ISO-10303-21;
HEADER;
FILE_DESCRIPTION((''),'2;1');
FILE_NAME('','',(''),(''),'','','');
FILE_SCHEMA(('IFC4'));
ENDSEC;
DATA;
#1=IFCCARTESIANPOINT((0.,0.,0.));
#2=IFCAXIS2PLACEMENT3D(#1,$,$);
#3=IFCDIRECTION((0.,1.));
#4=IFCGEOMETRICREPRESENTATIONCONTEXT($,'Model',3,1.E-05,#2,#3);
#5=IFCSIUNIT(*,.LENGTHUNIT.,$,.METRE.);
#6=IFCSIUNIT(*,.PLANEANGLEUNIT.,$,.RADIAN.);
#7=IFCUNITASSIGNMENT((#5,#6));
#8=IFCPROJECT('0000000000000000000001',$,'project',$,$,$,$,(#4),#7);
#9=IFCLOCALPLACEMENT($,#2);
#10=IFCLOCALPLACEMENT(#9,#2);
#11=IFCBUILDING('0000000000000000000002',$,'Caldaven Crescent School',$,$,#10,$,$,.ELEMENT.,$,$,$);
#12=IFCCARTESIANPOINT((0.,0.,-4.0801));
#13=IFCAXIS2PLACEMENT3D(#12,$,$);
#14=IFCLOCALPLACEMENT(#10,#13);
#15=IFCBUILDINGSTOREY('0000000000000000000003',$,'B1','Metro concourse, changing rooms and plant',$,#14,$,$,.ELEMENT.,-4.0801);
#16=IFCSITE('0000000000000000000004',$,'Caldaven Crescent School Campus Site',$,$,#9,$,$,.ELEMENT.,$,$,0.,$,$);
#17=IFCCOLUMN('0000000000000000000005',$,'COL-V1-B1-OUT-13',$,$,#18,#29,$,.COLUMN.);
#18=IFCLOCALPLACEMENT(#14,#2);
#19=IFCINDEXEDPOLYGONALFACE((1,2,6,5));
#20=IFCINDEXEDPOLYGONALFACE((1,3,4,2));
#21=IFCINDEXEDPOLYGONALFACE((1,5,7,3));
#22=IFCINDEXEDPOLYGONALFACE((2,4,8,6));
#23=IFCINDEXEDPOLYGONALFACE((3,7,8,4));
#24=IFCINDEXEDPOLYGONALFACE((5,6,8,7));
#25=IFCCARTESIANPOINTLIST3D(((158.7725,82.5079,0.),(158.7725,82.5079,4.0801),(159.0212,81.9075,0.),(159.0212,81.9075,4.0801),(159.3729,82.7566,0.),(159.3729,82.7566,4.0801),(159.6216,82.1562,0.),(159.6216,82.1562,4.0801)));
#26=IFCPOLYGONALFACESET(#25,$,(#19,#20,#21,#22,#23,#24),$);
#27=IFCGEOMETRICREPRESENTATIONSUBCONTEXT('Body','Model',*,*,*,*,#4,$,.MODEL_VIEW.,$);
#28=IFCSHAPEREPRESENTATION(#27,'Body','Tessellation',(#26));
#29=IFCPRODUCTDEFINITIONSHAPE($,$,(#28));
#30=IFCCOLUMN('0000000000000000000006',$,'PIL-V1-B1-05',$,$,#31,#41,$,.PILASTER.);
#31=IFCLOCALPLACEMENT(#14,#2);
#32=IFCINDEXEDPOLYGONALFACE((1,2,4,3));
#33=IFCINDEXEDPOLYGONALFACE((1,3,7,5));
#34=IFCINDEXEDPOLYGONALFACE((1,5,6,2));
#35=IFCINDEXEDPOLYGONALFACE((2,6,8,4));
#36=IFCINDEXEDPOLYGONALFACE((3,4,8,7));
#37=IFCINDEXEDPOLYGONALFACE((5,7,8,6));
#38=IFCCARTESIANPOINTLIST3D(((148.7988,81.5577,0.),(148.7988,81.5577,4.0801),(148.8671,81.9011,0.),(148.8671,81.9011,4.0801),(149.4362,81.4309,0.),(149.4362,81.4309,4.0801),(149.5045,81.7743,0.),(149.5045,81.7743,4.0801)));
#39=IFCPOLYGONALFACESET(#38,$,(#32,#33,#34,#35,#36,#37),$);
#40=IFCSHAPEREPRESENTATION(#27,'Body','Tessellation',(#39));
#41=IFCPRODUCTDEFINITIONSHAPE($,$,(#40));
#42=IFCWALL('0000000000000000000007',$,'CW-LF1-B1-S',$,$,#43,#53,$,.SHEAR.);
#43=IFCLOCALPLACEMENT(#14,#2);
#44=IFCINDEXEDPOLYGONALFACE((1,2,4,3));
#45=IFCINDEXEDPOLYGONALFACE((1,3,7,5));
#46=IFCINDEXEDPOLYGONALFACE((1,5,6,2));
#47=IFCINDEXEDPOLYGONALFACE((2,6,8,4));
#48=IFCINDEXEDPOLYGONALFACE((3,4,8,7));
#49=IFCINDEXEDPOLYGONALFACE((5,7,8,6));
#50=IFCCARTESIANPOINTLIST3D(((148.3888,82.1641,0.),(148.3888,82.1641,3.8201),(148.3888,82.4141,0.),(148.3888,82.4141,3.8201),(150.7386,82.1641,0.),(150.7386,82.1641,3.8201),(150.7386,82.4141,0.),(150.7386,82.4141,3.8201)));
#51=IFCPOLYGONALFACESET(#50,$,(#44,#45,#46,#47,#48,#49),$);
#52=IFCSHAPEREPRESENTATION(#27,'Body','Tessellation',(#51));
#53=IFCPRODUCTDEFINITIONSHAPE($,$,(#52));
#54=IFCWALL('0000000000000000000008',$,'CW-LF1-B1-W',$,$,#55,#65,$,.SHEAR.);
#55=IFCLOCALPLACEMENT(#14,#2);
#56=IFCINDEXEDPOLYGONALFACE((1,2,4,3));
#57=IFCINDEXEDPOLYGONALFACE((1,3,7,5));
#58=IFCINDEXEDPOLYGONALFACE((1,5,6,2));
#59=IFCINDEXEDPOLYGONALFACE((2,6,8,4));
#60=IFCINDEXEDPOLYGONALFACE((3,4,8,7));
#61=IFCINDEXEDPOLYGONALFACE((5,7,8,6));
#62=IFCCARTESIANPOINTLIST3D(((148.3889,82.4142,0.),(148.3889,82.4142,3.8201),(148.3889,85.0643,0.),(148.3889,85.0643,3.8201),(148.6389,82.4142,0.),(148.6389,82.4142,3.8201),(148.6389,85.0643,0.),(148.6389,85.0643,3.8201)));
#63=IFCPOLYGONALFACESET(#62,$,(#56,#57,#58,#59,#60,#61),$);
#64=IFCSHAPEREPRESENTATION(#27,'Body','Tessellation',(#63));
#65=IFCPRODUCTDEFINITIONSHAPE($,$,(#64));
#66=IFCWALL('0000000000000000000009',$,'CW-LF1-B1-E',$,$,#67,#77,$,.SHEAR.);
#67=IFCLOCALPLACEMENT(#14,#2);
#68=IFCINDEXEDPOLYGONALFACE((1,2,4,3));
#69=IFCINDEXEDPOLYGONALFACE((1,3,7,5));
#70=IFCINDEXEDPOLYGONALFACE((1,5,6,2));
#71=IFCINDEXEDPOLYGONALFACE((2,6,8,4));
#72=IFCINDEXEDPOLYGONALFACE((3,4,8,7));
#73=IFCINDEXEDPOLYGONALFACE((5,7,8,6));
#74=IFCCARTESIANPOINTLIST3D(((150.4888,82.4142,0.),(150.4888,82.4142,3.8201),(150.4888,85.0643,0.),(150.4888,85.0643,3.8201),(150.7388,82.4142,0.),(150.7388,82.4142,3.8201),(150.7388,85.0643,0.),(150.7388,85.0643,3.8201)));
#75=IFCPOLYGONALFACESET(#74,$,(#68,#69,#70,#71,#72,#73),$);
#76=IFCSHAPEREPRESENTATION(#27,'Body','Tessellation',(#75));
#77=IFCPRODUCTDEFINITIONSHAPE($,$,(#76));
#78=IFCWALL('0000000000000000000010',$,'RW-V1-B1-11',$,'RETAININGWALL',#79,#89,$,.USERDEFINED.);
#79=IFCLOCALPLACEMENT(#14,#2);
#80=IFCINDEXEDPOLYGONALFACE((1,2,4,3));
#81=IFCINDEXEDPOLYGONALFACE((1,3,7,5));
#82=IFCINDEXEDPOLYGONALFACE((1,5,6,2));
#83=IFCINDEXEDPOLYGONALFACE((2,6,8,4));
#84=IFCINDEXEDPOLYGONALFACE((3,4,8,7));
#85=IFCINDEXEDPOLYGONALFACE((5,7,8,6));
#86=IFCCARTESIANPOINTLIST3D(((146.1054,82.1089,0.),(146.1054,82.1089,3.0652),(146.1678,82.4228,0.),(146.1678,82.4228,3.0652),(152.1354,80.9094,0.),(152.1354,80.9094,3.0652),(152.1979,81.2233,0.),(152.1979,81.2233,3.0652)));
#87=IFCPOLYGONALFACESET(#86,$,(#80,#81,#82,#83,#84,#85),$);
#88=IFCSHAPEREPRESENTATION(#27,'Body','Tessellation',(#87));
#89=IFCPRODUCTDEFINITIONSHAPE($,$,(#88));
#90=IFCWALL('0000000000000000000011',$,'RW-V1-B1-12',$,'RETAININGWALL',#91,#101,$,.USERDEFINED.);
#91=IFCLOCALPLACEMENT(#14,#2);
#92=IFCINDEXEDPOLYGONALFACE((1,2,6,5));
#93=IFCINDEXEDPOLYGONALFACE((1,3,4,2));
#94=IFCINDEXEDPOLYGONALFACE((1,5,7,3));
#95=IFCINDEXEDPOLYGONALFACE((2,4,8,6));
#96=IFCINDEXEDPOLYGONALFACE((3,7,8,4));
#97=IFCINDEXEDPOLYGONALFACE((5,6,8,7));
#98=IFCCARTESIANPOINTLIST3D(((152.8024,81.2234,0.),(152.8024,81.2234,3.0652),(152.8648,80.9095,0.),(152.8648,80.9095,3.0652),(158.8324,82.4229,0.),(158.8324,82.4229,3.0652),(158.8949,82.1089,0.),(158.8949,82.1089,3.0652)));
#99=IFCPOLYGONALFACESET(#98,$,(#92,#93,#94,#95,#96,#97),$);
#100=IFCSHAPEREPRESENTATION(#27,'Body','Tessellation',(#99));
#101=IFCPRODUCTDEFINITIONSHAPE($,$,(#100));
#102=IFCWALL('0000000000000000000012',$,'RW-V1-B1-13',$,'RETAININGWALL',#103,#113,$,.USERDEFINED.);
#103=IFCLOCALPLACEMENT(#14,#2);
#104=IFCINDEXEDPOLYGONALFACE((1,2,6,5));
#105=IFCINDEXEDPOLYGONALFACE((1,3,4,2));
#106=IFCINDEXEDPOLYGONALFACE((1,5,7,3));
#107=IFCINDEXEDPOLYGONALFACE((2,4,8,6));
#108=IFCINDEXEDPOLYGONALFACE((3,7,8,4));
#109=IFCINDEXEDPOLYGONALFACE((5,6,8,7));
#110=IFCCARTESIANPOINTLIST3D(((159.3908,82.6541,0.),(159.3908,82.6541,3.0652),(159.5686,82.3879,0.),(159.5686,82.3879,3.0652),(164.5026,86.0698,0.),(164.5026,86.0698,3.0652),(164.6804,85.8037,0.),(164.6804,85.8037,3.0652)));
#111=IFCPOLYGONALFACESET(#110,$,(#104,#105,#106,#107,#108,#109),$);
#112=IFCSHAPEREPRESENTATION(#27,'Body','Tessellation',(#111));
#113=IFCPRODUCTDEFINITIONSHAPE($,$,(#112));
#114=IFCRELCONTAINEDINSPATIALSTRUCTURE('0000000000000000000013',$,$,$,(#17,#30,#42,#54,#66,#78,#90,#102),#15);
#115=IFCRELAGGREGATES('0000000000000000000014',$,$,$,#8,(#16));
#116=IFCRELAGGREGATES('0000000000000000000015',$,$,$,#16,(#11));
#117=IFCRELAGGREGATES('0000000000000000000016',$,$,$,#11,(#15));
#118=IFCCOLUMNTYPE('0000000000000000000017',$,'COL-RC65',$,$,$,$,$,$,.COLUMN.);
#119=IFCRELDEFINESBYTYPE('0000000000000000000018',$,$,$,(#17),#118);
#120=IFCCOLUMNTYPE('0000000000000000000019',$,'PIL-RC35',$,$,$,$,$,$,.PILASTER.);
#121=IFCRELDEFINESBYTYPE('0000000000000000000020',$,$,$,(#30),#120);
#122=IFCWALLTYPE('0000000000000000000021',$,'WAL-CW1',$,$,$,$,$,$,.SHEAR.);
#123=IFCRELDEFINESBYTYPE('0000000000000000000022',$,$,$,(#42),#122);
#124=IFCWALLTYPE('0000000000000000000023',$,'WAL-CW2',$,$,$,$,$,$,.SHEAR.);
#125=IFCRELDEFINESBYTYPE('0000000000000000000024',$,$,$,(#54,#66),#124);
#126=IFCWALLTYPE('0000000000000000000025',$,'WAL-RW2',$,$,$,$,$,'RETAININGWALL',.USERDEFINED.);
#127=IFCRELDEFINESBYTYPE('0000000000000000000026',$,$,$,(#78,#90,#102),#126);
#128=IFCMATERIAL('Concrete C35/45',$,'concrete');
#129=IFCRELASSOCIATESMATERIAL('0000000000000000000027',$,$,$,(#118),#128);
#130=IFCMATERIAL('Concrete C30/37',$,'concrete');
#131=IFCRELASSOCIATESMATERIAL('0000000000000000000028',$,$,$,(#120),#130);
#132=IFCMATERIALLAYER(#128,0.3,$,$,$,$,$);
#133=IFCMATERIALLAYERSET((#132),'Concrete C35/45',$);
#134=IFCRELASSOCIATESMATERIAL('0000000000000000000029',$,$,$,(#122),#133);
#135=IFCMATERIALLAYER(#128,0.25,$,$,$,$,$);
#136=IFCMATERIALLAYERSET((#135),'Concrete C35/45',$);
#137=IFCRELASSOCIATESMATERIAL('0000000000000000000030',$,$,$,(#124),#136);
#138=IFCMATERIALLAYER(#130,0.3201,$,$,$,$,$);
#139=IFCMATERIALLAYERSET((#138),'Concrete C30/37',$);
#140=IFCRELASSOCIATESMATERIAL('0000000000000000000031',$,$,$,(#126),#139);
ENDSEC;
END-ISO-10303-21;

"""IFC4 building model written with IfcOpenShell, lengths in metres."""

from ifc_helpers import new_model, si_unit, direction, frame, frame_2d, origin, origin_2d, place, context, subcontext, project, spatial, rectangle, extrude, material, layer, layer_set, material_profile, profile_set, type_object, element, save


model = new_model("IFC4")

# Units and contexts
model_context = context("Model", 3, precision=1e-05, world=origin(), true_north=direction((0.0, 1.0)))
body_context = subcontext(model_context, "Body", "Model", "MODEL_VIEW")
ifc_project = project(units=[si_unit("LENGTHUNIT", "METRE"), si_unit("PLANEANGLEUNIT", "RADIAN")], contexts=[model_context])

# Site, building, storey
site_placement = place(None, origin())
site = spatial("IfcSite", under=ifc_project, at=site_placement, Name="Caldaven Crescent School Campus Site", CompositionType="ELEMENT", RefElevation=0.0)
building_placement = place(site_placement, origin())
building = spatial("IfcBuilding", under=site, at=building_placement, Name="Caldaven Crescent School", CompositionType="ELEMENT")
storey_placement = place(building_placement, frame((0.0, 0.0, -4.0801)))
storey = spatial("IfcBuildingStorey", under=building, at=storey_placement, Name="B1", Description="Metro concourse, changing rooms and plant", CompositionType="ELEMENT", Elevation=-4.0801)

# Shared definitions
ifc_material_1 = material(Name="Concrete C30/37", Category="concrete")
ifc_material_2 = material(Name="Concrete C35/45", Category="concrete")

# Columns
ifc_material_profile_1 = material_profile(ifc_material_2, rectangle(XDim=0.6499, YDim=0.6499, at=origin_2d()), Name="RC 650x650")
ifc_profile_set_1 = profile_set([ifc_material_profile_1], Name="Concrete C35/45")
column_type_1 = type_object("IfcColumnType", Name="COL-RC65", PredefinedType="COLUMN", material=ifc_profile_set_1)
for number, where, z_axis, x_axis, name in (
    (1, (159.197, 82.332, 0.0), (0.0, 0.0, 1.0), (0.382683, -0.92388, 0.0), "COL-V1-B1-OUT-13"),
):
    element("IfcColumn", number, at=place(storey_placement, frame(where, z_axis=z_axis, x_axis=x_axis)), inside=storey, type_object=column_type_1, Name=name, PredefinedType="COLUMN", context=body_context, shape_type="SweptSolid", body=[
        extrude(rectangle(XDim=0.6499, YDim=0.6499, at=origin_2d()), origin(), (0.0, 0.0, 1.0), 4.0801),
    ])
ifc_material_profile_2 = material_profile(ifc_material_1, rectangle(XDim=0.3501, YDim=0.6499, at=origin_2d()), Name="RC 350x650")
ifc_profile_set_2 = profile_set([ifc_material_profile_2], Name="Concrete C30/37")
column_type_2 = type_object("IfcColumnType", Name="PIL-RC35", PredefinedType="PILASTER", material=ifc_profile_set_2)
column_placement = place(storey_placement, frame((149.1516, 81.666, 0.0), z_axis=(0.0, 0.0, 1.0), x_axis=(-0.19509, -0.980785, 0.0)))
element("IfcColumn", 2, at=column_placement, inside=storey, type_object=column_type_2, Name="PIL-V1-B1-05", PredefinedType="PILASTER", context=body_context, shape_type="SweptSolid", body=[
    extrude(rectangle(XDim=0.3501, YDim=0.6499, at=origin_2d()), origin(), (0.0, 0.0, 1.0), 4.0801),
])

# Walls
ifc_layer_1 = layer(ifc_material_2, 0.3)
ifc_layer_set_1 = layer_set([ifc_layer_1], Name="Concrete C35/45")
wall_type_1 = type_object("IfcWallType", Name="WAL-CW1", PredefinedType="SHEAR", material=ifc_layer_set_1)
wall_1_placement = place(storey_placement, frame((148.3889, 82.2891, 0.0), z_axis=(0.0, 0.0, 1.0), x_axis=(1.0, 0.0, 0.0)))
element("IfcWall", 3, at=wall_1_placement, inside=storey, type_object=wall_type_1, Name="CW-LF1-B1-S", PredefinedType="SHEAR", context=body_context, shape_type="SweptSolid", body=[
    extrude(rectangle(XDim=2.3499, YDim=0.25, at=frame_2d((1.1748, 0.0))), origin(), (0.0, 0.0, 1.0), 3.8201),
])
ifc_layer_2 = layer(ifc_material_2, 0.25)
ifc_layer_set_2 = layer_set([ifc_layer_2], Name="Concrete C35/45")
wall_type_2 = type_object("IfcWallType", Name="WAL-CW2", PredefinedType="SHEAR", material=ifc_layer_set_2)
for number, where, z_axis, x_axis, name in (
    (4, (148.5139, 82.4141, 0.0), (0.0, 0.0, 1.0), (0.0, 1.0, 0.0), "CW-LF1-B1-W"),
    (5, (150.6138, 82.4141, 0.0), (0.0, 0.0, 1.0), (0.0, 1.0, 0.0), "CW-LF1-B1-E"),
):
    element("IfcWall", number, at=place(storey_placement, frame(where, z_axis=z_axis, x_axis=x_axis)), inside=storey, type_object=wall_type_2, Name=name, PredefinedType="SHEAR", context=body_context, shape_type="SweptSolid", body=[
        extrude(rectangle(XDim=2.6501, YDim=0.25, at=frame_2d((1.3252, 0.0))), origin(), (0.0, 0.0, 1.0), 3.8201),
    ])
ifc_layer_3 = layer(ifc_material_1, 0.3201)
ifc_layer_set_3 = layer_set([ifc_layer_3], Name="Concrete C30/37")
wall_type_3 = type_object("IfcWallType", Name="WAL-RW2", ElementType="RETAININGWALL", PredefinedType="USERDEFINED", material=ifc_layer_set_3)
for number, where, z_axis, x_axis, name in (
    (6, (146.1365, 82.2659, 0.0), (0.0, 0.0, 1.0), (0.980785, -0.195093, 0.0), "RW-V1-B1-11"),
    (7, (152.8335, 81.0664, 0.0), (0.0, 0.0, 1.0), (0.980785, 0.195093, 0.0), "RW-V1-B1-12"),
):
    element("IfcWall", number, at=place(storey_placement, frame(where, z_axis=z_axis, x_axis=x_axis)), inside=storey, type_object=wall_type_3, Name=name, ObjectType="RETAININGWALL", PredefinedType="USERDEFINED", context=body_context, shape_type="SweptSolid", body=[
        extrude(rectangle(XDim=6.1482, YDim=0.3201, at=frame_2d((3.0742, 0.0))), origin(), (0.0, 0.0, 1.0), 3.0652),
    ])
wall_2_placement = place(storey_placement, frame((159.4797, 82.521, 0.0), z_axis=(0.0, 0.0, 1.0), x_axis=(0.831457, 0.555589, 0.0)))
element("IfcWall", 8, at=wall_2_placement, inside=storey, type_object=wall_type_3, Name="RW-V1-B1-13", ObjectType="RETAININGWALL", PredefinedType="USERDEFINED", context=body_context, shape_type="SweptSolid", body=[
    extrude(rectangle(XDim=6.1479, YDim=0.3201, at=frame_2d((3.074, 0.0))), origin(), (0.0, 0.0, 1.0), 3.0652),
])

save(model, "model.ifc")
